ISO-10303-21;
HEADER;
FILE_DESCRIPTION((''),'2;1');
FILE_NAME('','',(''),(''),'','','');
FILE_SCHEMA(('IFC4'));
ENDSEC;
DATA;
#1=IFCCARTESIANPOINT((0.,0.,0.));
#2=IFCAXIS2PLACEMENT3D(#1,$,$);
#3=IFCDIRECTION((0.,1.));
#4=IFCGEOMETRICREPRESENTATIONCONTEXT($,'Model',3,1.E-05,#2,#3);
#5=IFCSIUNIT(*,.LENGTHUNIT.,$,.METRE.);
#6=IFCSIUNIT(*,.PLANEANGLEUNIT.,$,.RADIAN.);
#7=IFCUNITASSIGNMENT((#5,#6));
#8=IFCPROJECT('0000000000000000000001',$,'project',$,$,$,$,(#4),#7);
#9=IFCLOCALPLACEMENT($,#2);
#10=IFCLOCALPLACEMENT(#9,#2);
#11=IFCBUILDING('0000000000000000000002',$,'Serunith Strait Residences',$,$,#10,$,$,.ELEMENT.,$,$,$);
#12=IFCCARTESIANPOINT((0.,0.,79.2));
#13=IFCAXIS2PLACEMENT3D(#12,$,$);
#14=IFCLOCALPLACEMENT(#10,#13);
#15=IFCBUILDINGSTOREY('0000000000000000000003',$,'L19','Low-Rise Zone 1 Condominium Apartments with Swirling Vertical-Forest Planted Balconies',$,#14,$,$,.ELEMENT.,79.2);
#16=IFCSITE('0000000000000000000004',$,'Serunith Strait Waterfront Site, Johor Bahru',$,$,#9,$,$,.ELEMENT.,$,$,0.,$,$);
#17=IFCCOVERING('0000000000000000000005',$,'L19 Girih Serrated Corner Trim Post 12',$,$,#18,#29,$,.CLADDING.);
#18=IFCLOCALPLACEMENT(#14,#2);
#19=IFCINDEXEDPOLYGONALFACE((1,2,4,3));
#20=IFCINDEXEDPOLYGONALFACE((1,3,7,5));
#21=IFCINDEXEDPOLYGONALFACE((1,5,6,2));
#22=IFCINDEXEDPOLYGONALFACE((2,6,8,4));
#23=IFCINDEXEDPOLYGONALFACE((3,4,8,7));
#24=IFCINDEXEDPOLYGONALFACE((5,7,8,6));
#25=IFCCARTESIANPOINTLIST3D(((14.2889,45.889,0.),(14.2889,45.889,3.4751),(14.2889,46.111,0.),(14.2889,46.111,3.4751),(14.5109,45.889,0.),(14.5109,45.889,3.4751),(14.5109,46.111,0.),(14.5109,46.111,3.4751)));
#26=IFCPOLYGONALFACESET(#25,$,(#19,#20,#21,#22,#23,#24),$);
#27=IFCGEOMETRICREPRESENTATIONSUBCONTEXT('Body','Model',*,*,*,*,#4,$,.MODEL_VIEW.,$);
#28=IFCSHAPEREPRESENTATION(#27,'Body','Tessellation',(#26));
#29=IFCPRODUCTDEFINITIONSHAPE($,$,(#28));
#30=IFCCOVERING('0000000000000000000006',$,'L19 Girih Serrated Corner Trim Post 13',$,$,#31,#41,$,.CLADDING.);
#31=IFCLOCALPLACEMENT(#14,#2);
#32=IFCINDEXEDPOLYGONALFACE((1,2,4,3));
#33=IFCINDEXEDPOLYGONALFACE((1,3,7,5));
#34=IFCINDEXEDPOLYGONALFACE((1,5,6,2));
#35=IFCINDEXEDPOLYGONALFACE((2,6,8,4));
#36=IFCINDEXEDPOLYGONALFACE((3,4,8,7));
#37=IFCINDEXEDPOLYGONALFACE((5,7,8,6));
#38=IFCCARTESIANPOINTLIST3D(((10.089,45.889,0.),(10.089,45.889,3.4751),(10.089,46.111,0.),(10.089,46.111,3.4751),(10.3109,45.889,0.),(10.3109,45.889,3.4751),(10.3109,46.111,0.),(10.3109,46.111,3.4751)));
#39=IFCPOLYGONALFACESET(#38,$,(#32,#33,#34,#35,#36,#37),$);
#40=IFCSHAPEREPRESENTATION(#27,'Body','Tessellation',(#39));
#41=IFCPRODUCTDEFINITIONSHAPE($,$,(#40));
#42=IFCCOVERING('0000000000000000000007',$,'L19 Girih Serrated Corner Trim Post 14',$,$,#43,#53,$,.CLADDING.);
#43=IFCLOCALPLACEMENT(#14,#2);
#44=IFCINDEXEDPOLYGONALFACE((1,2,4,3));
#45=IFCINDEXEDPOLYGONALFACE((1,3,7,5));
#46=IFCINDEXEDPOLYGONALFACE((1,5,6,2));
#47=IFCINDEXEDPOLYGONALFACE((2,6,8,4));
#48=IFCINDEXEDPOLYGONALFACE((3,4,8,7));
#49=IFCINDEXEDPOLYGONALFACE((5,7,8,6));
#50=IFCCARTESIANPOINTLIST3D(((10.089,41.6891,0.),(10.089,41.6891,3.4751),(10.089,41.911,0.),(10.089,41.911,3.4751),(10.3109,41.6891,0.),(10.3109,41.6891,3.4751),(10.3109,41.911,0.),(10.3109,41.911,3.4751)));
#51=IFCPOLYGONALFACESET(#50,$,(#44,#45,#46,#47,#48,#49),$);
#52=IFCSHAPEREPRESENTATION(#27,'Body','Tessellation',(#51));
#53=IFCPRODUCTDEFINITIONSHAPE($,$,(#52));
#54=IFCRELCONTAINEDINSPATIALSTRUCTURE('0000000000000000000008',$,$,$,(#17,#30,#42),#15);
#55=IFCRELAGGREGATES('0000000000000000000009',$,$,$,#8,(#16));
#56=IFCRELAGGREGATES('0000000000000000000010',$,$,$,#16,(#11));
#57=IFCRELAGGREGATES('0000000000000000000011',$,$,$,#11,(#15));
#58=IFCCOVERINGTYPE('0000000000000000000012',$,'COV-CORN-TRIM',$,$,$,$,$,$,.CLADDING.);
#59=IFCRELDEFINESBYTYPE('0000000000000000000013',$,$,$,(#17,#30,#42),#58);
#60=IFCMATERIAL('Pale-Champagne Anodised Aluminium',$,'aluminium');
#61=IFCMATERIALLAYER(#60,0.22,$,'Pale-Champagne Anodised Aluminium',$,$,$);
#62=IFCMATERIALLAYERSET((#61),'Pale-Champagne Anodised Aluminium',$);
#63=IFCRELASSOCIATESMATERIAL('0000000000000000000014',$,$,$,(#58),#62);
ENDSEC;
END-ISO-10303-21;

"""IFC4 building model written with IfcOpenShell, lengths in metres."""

from ifc_helpers import new_model, si_unit, direction, frame, origin, origin_2d, place, context, subcontext, project, spatial, rectangle, extrude, source, transform, mapped, material, layer, layer_set, type_object, element, save


model = new_model("IFC4")

# Units and contexts
model_context = context("Model", 3, precision=1e-05, world=origin(), true_north=direction((0.0, 1.0)))
body_context = subcontext(model_context, "Body", "Model", "MODEL_VIEW")
ifc_project = project(units=[si_unit("LENGTHUNIT", "METRE"), si_unit("PLANEANGLEUNIT", "RADIAN")], contexts=[model_context])

# Site, building, storey
site_placement = place(None, origin())
site = spatial("IfcSite", under=ifc_project, at=site_placement, Name="Serunith Strait Waterfront Site, Johor Bahru", CompositionType="ELEMENT", RefElevation=0.0)
building_placement = place(site_placement, origin())
building = spatial("IfcBuilding", under=site, at=building_placement, Name="Serunith Strait Residences", CompositionType="ELEMENT")
storey_placement = place(building_placement, frame((0.0, 0.0, 79.2)))
storey = spatial("IfcBuildingStorey", under=building, at=storey_placement, Name="L19", Description="Low-Rise Zone 1 Condominium Apartments with Swirling Vertical-Forest Planted Balconies", CompositionType="ELEMENT", Elevation=79.2)

# Shared definitions
ifc_material_1 = material(Name="Pale-Champagne Anodised Aluminium", Category="aluminium")

# Coverings
ifc_layer_1 = layer(ifc_material_1, 0.22, Name="Pale-Champagne Anodised Aluminium")
ifc_layer_set_1 = layer_set([ifc_layer_1], Name="Pale-Champagne Anodised Aluminium")
covering_type = type_object("IfcCoveringType", Name="COV-CORN-TRIM", PredefinedType="CLADDING", material=ifc_layer_set_1)
shared_shape_1 = source(origin(), body_context, "Body", "SweptSolid", [
    extrude(rectangle(XDim=0.2219, YDim=0.2219, at=origin_2d()), origin(), (0.0, 0.0, 1.0), 3.4751),
])
for number, where, z_axis, x_axis, name in (
    (1, (14.3999, 46.0, 0.0), (0.0, 0.0, 1.0), (1.0, 0.0, 0.0), "L19 Girih Serrated Corner Trim Post 12"),
    (2, (10.2, 46.0, 0.0), (0.0, 0.0, 1.0), (1.0, 0.0, 0.0), "L19 Girih Serrated Corner Trim Post 13"),
    (3, (10.2, 41.8, 0.0), (0.0, 0.0, 1.0), (1.0, 0.0, 0.0), "L19 Girih Serrated Corner Trim Post 14"),
):
    element("IfcCovering", number, at=place(storey_placement, frame(where, z_axis=z_axis, x_axis=x_axis)), inside=storey, type_object=covering_type, Name=name, PredefinedType="CLADDING", context=body_context, shape_type="MappedRepresentation", body=[
        mapped(shared_shape_1, transform((0.0, 0.0, 0.0), scale=1.0)),
    ])

save(model, "model.ifc")
